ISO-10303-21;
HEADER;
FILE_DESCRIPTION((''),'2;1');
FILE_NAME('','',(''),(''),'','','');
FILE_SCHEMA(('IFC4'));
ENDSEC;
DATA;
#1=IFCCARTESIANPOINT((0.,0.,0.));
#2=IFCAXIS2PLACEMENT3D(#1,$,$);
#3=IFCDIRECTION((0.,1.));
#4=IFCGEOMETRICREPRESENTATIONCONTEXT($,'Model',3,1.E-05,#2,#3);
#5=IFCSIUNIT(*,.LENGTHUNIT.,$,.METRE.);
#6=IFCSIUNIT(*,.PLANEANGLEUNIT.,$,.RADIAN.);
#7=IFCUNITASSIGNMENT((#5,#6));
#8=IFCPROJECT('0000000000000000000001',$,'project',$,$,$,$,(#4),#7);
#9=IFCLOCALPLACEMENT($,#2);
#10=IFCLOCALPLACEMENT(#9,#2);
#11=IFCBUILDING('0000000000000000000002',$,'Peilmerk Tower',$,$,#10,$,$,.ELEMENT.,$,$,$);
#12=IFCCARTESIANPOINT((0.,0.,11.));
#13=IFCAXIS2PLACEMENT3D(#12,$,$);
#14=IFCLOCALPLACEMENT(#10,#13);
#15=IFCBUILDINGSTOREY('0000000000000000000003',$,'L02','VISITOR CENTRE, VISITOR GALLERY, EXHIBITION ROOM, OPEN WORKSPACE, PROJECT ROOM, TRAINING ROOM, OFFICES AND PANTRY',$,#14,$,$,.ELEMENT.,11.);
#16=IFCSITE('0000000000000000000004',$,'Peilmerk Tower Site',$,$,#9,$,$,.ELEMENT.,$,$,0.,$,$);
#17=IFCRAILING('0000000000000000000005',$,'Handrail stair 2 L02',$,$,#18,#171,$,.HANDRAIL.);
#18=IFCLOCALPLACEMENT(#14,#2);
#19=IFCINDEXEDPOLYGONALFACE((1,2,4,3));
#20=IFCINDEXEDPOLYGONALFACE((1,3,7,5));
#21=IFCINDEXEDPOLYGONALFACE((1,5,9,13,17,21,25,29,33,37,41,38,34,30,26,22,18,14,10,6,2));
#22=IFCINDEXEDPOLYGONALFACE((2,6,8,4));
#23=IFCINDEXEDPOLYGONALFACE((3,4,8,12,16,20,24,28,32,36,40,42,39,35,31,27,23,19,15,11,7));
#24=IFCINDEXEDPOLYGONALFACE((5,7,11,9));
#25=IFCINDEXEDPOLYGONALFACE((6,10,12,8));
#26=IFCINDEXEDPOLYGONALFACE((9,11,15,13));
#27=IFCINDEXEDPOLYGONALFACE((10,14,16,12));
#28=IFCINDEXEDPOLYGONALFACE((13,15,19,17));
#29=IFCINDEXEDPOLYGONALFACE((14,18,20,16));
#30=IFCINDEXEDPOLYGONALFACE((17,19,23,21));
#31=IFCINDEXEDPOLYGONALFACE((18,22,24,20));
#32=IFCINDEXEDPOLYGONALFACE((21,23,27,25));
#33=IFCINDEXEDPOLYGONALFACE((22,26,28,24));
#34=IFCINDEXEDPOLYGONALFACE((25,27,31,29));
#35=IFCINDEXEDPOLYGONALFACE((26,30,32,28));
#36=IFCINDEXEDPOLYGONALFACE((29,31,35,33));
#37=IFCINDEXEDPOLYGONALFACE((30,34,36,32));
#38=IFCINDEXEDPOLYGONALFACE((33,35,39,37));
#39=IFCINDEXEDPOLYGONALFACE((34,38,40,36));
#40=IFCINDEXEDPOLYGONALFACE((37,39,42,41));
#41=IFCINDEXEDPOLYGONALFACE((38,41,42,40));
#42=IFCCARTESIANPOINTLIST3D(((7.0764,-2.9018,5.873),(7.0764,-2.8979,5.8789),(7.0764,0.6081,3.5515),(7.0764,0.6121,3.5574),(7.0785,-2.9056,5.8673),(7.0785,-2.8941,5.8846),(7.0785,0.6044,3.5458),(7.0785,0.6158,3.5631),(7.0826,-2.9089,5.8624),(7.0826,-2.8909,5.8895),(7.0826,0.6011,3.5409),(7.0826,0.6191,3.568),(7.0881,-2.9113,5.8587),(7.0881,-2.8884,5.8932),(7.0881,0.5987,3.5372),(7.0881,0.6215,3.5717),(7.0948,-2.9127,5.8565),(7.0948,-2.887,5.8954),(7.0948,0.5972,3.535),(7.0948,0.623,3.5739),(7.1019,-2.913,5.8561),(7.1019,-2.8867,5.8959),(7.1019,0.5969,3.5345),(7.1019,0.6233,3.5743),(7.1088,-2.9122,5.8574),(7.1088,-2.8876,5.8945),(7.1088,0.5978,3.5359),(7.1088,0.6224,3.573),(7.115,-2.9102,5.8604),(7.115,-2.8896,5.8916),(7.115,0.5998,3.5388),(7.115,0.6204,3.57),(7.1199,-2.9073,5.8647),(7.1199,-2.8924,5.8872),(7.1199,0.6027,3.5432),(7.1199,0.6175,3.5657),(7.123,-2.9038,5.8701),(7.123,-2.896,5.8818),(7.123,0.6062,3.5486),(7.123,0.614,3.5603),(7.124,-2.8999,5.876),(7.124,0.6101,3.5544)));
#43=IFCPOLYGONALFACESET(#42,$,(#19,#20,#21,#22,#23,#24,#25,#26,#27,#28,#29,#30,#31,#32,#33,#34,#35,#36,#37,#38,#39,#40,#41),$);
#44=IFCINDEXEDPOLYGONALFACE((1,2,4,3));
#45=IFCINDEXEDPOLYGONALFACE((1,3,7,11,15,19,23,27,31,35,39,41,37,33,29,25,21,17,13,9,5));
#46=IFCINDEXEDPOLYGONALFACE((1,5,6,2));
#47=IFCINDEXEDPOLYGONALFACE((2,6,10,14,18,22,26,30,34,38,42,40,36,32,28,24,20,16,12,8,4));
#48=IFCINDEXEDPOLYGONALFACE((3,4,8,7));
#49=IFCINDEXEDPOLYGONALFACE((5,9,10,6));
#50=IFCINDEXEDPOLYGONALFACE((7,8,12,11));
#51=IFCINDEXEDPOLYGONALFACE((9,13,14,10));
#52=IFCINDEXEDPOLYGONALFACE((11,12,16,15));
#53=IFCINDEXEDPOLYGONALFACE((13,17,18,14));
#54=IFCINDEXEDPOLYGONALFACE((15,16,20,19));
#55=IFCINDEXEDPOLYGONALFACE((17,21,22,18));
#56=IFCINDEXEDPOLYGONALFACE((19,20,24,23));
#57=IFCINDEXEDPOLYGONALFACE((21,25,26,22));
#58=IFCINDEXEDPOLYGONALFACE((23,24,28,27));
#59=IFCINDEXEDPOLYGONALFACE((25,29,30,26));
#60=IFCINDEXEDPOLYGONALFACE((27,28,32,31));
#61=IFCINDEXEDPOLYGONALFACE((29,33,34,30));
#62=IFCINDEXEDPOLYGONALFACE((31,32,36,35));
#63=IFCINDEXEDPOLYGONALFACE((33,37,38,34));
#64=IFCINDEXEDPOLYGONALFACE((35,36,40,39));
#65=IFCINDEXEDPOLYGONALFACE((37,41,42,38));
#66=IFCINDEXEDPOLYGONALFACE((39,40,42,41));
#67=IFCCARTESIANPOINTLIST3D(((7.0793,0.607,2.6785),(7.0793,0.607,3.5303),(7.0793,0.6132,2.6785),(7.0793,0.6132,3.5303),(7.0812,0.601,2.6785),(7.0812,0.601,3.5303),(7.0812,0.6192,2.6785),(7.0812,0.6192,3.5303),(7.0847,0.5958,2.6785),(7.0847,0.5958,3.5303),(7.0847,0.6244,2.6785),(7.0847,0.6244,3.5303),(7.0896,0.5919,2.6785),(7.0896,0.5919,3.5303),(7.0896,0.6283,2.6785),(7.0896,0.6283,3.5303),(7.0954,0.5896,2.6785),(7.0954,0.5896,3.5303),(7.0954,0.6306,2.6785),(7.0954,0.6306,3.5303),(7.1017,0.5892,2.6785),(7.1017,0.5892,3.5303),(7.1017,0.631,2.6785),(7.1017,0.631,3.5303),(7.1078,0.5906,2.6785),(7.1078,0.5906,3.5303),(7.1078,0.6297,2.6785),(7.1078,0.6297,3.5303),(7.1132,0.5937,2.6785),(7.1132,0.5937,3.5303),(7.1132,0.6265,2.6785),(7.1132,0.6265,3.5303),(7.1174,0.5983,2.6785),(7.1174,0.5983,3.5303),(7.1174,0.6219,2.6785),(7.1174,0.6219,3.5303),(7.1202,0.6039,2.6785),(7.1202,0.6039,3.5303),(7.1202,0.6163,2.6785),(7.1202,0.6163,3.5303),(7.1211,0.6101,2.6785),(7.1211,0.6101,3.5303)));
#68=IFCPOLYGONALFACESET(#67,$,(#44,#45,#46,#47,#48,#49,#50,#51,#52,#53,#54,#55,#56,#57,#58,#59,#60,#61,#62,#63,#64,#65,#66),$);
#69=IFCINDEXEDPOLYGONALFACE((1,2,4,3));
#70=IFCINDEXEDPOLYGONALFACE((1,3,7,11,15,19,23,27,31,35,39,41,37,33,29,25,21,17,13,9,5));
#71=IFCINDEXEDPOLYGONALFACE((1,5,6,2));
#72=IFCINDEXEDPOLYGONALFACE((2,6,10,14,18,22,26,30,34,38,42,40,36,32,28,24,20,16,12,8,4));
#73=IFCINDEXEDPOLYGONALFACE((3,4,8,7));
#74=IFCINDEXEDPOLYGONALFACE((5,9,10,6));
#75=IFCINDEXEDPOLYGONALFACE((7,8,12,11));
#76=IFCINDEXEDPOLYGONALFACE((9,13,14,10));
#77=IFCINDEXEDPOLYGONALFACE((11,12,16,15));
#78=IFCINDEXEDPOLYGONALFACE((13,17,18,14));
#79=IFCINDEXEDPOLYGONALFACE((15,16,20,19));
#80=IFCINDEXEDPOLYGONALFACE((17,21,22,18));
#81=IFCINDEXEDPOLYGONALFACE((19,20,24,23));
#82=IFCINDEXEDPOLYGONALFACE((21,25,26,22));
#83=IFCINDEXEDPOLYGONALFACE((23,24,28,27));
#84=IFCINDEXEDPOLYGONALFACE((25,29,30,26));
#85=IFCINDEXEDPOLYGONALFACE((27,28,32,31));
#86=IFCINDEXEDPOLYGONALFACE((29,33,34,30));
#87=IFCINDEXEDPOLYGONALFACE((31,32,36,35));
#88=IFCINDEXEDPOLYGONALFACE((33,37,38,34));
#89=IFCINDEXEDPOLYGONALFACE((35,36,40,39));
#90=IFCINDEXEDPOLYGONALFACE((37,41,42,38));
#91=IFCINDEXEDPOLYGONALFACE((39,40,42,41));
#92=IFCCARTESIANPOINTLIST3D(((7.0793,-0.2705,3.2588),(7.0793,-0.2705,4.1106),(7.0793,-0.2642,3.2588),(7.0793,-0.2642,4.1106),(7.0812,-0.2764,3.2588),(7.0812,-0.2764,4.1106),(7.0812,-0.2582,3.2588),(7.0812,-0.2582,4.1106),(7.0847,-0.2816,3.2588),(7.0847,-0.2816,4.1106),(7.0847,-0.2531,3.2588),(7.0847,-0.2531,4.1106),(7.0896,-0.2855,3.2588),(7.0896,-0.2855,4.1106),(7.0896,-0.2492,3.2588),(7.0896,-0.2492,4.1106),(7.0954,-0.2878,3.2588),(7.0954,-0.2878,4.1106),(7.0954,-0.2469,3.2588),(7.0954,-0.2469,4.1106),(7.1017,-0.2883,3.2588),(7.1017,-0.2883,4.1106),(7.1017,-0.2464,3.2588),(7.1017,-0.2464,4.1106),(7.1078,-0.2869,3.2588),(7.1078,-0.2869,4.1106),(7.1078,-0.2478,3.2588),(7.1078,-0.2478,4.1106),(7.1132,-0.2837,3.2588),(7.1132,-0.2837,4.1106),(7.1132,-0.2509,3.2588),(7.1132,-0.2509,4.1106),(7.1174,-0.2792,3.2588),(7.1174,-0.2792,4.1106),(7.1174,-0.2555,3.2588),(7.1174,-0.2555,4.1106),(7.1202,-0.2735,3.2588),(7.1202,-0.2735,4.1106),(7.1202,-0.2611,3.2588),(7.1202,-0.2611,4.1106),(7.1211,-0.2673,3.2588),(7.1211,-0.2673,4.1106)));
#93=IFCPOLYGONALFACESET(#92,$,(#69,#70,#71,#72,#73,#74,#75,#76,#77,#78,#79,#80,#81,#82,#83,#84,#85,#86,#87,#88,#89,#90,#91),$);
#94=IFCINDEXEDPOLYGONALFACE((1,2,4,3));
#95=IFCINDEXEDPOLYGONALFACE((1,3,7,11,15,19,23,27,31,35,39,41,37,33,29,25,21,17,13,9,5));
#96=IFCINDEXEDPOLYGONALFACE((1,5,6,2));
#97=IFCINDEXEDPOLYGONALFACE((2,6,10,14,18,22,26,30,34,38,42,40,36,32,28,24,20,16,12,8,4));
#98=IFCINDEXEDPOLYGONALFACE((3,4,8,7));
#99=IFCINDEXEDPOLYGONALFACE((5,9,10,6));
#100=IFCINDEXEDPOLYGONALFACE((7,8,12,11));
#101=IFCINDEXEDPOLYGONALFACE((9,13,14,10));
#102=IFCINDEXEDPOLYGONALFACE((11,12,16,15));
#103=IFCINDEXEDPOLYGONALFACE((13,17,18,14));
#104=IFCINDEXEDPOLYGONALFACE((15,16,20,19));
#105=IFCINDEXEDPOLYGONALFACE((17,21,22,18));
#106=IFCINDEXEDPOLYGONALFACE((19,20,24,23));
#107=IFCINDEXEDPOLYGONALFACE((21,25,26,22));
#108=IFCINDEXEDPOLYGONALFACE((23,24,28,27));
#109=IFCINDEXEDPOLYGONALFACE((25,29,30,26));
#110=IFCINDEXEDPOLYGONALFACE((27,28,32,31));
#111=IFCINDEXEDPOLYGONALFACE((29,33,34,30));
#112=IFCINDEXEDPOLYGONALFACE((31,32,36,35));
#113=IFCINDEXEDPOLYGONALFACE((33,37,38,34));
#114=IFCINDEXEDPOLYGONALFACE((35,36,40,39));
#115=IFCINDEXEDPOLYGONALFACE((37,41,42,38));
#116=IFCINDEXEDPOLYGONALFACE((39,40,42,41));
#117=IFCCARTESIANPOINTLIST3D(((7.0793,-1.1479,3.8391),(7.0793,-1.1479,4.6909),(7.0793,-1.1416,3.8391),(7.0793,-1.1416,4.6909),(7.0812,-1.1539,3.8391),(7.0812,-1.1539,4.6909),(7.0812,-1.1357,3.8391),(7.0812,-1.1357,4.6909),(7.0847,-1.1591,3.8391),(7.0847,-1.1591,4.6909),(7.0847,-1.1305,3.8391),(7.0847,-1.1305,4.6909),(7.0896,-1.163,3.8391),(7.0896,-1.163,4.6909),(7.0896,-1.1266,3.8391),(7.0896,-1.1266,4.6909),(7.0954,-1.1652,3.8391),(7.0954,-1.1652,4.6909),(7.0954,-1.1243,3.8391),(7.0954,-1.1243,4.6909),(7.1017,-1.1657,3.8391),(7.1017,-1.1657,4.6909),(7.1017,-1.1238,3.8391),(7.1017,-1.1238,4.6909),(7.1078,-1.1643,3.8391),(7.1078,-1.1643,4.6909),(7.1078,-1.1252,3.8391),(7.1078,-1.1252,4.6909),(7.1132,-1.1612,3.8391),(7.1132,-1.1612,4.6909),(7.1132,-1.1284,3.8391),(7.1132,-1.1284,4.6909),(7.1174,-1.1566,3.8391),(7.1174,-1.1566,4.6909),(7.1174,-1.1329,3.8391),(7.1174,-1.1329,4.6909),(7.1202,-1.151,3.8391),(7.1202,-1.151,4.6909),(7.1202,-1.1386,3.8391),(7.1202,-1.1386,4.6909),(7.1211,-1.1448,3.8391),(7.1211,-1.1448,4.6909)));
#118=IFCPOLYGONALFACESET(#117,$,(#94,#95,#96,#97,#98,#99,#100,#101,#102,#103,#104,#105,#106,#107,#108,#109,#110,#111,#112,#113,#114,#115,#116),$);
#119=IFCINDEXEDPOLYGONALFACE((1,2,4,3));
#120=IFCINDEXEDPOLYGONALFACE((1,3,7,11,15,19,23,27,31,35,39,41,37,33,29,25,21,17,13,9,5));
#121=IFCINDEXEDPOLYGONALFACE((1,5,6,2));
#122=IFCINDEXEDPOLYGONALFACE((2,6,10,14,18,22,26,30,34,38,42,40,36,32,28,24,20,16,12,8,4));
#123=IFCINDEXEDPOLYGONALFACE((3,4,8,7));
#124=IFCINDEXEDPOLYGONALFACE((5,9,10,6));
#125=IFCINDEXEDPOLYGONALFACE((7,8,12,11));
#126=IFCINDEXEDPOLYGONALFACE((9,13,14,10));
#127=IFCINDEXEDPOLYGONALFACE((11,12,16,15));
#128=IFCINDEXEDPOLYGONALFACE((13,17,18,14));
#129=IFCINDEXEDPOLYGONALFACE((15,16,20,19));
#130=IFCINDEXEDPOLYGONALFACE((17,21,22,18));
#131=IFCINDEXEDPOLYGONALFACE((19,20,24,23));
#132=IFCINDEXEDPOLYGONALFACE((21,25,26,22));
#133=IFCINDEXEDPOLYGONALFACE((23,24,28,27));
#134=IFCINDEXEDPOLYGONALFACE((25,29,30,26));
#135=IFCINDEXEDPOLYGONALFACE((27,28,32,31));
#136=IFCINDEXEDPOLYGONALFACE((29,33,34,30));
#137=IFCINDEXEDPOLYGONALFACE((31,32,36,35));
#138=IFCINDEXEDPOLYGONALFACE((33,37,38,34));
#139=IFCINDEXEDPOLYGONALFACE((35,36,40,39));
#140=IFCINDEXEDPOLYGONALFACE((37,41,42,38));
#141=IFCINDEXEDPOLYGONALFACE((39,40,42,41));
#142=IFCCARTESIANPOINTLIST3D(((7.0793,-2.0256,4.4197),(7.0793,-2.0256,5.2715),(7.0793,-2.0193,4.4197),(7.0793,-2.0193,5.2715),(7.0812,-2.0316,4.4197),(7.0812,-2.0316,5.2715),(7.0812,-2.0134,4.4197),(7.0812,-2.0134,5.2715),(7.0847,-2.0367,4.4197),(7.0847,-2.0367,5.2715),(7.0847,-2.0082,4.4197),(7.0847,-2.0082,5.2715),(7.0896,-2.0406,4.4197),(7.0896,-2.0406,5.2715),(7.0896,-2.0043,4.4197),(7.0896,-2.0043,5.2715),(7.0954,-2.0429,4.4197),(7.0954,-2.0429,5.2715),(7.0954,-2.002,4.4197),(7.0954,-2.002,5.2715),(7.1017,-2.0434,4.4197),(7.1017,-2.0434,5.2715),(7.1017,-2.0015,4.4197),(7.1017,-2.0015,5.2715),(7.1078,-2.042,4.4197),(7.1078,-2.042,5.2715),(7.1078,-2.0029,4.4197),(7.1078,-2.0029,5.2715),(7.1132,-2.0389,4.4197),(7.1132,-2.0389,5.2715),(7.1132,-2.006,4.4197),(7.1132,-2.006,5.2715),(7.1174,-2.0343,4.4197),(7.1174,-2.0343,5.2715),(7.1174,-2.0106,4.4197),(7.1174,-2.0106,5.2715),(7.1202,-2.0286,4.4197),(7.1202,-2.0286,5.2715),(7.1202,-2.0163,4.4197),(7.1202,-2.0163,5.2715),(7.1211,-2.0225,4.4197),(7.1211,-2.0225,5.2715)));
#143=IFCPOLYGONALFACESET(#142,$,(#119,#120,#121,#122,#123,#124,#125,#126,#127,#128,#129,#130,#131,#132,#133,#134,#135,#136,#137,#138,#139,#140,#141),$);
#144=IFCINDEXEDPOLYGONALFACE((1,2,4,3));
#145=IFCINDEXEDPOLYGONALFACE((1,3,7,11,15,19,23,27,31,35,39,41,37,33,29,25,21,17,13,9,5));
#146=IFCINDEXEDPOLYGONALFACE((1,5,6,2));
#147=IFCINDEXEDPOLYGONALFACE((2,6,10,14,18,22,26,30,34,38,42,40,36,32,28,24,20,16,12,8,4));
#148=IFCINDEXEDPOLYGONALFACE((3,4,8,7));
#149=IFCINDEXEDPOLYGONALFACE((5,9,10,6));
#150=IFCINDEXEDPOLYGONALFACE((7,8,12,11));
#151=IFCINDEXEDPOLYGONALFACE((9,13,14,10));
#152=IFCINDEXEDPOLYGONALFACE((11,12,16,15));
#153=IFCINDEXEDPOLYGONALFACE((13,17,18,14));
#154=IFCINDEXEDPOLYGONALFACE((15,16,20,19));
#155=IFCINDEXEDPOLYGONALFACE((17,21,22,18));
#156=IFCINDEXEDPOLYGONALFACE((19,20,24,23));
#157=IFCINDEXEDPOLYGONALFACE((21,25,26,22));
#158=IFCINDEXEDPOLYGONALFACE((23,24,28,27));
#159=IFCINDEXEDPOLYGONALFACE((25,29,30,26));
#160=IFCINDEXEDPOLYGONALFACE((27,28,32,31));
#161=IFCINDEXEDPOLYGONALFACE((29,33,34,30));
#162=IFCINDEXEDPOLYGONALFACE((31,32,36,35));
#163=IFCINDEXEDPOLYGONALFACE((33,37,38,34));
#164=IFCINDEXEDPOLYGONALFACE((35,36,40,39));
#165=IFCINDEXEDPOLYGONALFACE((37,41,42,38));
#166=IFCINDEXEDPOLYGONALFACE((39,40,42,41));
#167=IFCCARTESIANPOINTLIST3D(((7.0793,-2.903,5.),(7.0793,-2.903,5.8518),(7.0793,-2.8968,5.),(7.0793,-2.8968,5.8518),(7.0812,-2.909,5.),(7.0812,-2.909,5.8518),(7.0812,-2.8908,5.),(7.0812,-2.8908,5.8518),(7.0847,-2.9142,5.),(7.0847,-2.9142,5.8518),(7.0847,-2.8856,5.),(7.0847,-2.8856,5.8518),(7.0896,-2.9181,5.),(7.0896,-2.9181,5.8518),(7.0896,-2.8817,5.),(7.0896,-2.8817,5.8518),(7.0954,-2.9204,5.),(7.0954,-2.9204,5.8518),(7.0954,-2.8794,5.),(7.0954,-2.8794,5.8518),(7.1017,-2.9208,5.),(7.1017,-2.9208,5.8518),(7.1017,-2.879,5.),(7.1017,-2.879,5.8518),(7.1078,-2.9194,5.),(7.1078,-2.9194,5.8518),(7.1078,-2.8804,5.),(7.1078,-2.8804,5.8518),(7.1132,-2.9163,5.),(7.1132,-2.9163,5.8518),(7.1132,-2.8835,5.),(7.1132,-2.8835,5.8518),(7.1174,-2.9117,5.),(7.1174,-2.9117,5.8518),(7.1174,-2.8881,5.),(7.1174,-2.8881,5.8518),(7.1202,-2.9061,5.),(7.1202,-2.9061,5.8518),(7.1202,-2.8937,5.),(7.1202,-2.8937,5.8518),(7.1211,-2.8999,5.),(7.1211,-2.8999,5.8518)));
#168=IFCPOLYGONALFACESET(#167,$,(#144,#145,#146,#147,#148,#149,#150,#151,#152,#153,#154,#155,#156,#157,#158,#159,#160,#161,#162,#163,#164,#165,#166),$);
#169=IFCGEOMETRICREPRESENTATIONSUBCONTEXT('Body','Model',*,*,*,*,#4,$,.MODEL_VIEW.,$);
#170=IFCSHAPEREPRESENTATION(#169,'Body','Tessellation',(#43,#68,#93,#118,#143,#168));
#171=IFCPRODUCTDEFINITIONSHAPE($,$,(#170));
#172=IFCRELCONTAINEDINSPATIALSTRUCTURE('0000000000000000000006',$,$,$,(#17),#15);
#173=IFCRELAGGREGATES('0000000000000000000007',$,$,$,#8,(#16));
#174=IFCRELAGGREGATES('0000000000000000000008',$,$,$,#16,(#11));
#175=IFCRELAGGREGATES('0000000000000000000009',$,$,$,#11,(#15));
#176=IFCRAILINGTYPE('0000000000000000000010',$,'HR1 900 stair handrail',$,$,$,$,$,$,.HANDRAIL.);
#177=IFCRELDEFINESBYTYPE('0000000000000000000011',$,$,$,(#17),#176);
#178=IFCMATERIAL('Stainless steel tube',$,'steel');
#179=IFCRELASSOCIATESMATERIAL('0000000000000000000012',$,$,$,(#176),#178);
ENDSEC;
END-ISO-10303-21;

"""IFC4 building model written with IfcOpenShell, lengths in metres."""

from ifc_helpers import new_model, si_unit, direction, frame, origin, origin_2d, place, context, subcontext, project, spatial, circle, extrude, material, type_object, element, save


model = new_model("IFC4")

# Units and contexts
model_context = context("Model", 3, precision=1e-05, world=origin(), true_north=direction((0.0, 1.0)))
body_context = subcontext(model_context, "Body", "Model", "MODEL_VIEW")
ifc_project = project(units=[si_unit("LENGTHUNIT", "METRE"), si_unit("PLANEANGLEUNIT", "RADIAN")], contexts=[model_context])

# Site, building, storey
site_placement = place(None, origin())
site = spatial("IfcSite", under=ifc_project, at=site_placement, Name="Peilmerk Tower Site", CompositionType="ELEMENT", RefElevation=0.0)
building_placement = place(site_placement, origin())
building = spatial("IfcBuilding", under=site, at=building_placement, Name="Peilmerk Tower", CompositionType="ELEMENT")
storey_placement = place(building_placement, frame((0.0, 0.0, 11.0)))
storey = spatial("IfcBuildingStorey", under=building, at=storey_placement, Name="L02", Description="VISITOR CENTRE, VISITOR GALLERY, EXHIBITION ROOM, OPEN WORKSPACE, PROJECT ROOM, TRAINING ROOM, OFFICES AND PANTRY", CompositionType="ELEMENT", Elevation=11.0)

# Railing
ifc_material_1 = material(Name="Stainless steel tube", Category="steel")
railing_type_1 = type_object("IfcRailingType", Name="HR1 900 stair handrail", PredefinedType="HANDRAIL", material=ifc_material_1)
railing_1_placement = place(storey_placement, frame((7.1001, 0.6101, 2.6785)))
element("IfcRailing", 1, at=railing_1_placement, inside=storey, type_object=railing_type_1, Name="Handrail stair 2 L02", PredefinedType="HANDRAIL", context=body_context, shape_type="SweptSolid", body=[
    extrude(circle(Radius=0.0239, at=origin_2d()), frame((0.0, 0.0, 0.876), z_axis=(0.0, -0.834071, 0.551657), x_axis=(1.0, 0.0, 0.0)), (0.0, 0.0, 1.0), 4.2083),
    extrude(circle(Radius=0.021, at=origin_2d()), origin(), (0.0, 0.0, 1.0), 0.8518),
    extrude(circle(Radius=0.021, at=origin_2d()), frame((0.0, -0.8774, 0.5803)), (0.0, 0.0, 1.0), 0.8518),
    extrude(circle(Radius=0.021, at=origin_2d()), frame((0.0, -1.7549, 1.1606)), (0.0, 0.0, 1.0), 0.8518),
    extrude(circle(Radius=0.021, at=origin_2d()), frame((0.0, -2.6326, 1.7412)), (0.0, 0.0, 1.0), 0.8518),
    extrude(circle(Radius=0.021, at=origin_2d()), frame((0.0, -3.51, 2.3215)), (0.0, 0.0, 1.0), 0.8518),
])

save(model, "model.ifc")
